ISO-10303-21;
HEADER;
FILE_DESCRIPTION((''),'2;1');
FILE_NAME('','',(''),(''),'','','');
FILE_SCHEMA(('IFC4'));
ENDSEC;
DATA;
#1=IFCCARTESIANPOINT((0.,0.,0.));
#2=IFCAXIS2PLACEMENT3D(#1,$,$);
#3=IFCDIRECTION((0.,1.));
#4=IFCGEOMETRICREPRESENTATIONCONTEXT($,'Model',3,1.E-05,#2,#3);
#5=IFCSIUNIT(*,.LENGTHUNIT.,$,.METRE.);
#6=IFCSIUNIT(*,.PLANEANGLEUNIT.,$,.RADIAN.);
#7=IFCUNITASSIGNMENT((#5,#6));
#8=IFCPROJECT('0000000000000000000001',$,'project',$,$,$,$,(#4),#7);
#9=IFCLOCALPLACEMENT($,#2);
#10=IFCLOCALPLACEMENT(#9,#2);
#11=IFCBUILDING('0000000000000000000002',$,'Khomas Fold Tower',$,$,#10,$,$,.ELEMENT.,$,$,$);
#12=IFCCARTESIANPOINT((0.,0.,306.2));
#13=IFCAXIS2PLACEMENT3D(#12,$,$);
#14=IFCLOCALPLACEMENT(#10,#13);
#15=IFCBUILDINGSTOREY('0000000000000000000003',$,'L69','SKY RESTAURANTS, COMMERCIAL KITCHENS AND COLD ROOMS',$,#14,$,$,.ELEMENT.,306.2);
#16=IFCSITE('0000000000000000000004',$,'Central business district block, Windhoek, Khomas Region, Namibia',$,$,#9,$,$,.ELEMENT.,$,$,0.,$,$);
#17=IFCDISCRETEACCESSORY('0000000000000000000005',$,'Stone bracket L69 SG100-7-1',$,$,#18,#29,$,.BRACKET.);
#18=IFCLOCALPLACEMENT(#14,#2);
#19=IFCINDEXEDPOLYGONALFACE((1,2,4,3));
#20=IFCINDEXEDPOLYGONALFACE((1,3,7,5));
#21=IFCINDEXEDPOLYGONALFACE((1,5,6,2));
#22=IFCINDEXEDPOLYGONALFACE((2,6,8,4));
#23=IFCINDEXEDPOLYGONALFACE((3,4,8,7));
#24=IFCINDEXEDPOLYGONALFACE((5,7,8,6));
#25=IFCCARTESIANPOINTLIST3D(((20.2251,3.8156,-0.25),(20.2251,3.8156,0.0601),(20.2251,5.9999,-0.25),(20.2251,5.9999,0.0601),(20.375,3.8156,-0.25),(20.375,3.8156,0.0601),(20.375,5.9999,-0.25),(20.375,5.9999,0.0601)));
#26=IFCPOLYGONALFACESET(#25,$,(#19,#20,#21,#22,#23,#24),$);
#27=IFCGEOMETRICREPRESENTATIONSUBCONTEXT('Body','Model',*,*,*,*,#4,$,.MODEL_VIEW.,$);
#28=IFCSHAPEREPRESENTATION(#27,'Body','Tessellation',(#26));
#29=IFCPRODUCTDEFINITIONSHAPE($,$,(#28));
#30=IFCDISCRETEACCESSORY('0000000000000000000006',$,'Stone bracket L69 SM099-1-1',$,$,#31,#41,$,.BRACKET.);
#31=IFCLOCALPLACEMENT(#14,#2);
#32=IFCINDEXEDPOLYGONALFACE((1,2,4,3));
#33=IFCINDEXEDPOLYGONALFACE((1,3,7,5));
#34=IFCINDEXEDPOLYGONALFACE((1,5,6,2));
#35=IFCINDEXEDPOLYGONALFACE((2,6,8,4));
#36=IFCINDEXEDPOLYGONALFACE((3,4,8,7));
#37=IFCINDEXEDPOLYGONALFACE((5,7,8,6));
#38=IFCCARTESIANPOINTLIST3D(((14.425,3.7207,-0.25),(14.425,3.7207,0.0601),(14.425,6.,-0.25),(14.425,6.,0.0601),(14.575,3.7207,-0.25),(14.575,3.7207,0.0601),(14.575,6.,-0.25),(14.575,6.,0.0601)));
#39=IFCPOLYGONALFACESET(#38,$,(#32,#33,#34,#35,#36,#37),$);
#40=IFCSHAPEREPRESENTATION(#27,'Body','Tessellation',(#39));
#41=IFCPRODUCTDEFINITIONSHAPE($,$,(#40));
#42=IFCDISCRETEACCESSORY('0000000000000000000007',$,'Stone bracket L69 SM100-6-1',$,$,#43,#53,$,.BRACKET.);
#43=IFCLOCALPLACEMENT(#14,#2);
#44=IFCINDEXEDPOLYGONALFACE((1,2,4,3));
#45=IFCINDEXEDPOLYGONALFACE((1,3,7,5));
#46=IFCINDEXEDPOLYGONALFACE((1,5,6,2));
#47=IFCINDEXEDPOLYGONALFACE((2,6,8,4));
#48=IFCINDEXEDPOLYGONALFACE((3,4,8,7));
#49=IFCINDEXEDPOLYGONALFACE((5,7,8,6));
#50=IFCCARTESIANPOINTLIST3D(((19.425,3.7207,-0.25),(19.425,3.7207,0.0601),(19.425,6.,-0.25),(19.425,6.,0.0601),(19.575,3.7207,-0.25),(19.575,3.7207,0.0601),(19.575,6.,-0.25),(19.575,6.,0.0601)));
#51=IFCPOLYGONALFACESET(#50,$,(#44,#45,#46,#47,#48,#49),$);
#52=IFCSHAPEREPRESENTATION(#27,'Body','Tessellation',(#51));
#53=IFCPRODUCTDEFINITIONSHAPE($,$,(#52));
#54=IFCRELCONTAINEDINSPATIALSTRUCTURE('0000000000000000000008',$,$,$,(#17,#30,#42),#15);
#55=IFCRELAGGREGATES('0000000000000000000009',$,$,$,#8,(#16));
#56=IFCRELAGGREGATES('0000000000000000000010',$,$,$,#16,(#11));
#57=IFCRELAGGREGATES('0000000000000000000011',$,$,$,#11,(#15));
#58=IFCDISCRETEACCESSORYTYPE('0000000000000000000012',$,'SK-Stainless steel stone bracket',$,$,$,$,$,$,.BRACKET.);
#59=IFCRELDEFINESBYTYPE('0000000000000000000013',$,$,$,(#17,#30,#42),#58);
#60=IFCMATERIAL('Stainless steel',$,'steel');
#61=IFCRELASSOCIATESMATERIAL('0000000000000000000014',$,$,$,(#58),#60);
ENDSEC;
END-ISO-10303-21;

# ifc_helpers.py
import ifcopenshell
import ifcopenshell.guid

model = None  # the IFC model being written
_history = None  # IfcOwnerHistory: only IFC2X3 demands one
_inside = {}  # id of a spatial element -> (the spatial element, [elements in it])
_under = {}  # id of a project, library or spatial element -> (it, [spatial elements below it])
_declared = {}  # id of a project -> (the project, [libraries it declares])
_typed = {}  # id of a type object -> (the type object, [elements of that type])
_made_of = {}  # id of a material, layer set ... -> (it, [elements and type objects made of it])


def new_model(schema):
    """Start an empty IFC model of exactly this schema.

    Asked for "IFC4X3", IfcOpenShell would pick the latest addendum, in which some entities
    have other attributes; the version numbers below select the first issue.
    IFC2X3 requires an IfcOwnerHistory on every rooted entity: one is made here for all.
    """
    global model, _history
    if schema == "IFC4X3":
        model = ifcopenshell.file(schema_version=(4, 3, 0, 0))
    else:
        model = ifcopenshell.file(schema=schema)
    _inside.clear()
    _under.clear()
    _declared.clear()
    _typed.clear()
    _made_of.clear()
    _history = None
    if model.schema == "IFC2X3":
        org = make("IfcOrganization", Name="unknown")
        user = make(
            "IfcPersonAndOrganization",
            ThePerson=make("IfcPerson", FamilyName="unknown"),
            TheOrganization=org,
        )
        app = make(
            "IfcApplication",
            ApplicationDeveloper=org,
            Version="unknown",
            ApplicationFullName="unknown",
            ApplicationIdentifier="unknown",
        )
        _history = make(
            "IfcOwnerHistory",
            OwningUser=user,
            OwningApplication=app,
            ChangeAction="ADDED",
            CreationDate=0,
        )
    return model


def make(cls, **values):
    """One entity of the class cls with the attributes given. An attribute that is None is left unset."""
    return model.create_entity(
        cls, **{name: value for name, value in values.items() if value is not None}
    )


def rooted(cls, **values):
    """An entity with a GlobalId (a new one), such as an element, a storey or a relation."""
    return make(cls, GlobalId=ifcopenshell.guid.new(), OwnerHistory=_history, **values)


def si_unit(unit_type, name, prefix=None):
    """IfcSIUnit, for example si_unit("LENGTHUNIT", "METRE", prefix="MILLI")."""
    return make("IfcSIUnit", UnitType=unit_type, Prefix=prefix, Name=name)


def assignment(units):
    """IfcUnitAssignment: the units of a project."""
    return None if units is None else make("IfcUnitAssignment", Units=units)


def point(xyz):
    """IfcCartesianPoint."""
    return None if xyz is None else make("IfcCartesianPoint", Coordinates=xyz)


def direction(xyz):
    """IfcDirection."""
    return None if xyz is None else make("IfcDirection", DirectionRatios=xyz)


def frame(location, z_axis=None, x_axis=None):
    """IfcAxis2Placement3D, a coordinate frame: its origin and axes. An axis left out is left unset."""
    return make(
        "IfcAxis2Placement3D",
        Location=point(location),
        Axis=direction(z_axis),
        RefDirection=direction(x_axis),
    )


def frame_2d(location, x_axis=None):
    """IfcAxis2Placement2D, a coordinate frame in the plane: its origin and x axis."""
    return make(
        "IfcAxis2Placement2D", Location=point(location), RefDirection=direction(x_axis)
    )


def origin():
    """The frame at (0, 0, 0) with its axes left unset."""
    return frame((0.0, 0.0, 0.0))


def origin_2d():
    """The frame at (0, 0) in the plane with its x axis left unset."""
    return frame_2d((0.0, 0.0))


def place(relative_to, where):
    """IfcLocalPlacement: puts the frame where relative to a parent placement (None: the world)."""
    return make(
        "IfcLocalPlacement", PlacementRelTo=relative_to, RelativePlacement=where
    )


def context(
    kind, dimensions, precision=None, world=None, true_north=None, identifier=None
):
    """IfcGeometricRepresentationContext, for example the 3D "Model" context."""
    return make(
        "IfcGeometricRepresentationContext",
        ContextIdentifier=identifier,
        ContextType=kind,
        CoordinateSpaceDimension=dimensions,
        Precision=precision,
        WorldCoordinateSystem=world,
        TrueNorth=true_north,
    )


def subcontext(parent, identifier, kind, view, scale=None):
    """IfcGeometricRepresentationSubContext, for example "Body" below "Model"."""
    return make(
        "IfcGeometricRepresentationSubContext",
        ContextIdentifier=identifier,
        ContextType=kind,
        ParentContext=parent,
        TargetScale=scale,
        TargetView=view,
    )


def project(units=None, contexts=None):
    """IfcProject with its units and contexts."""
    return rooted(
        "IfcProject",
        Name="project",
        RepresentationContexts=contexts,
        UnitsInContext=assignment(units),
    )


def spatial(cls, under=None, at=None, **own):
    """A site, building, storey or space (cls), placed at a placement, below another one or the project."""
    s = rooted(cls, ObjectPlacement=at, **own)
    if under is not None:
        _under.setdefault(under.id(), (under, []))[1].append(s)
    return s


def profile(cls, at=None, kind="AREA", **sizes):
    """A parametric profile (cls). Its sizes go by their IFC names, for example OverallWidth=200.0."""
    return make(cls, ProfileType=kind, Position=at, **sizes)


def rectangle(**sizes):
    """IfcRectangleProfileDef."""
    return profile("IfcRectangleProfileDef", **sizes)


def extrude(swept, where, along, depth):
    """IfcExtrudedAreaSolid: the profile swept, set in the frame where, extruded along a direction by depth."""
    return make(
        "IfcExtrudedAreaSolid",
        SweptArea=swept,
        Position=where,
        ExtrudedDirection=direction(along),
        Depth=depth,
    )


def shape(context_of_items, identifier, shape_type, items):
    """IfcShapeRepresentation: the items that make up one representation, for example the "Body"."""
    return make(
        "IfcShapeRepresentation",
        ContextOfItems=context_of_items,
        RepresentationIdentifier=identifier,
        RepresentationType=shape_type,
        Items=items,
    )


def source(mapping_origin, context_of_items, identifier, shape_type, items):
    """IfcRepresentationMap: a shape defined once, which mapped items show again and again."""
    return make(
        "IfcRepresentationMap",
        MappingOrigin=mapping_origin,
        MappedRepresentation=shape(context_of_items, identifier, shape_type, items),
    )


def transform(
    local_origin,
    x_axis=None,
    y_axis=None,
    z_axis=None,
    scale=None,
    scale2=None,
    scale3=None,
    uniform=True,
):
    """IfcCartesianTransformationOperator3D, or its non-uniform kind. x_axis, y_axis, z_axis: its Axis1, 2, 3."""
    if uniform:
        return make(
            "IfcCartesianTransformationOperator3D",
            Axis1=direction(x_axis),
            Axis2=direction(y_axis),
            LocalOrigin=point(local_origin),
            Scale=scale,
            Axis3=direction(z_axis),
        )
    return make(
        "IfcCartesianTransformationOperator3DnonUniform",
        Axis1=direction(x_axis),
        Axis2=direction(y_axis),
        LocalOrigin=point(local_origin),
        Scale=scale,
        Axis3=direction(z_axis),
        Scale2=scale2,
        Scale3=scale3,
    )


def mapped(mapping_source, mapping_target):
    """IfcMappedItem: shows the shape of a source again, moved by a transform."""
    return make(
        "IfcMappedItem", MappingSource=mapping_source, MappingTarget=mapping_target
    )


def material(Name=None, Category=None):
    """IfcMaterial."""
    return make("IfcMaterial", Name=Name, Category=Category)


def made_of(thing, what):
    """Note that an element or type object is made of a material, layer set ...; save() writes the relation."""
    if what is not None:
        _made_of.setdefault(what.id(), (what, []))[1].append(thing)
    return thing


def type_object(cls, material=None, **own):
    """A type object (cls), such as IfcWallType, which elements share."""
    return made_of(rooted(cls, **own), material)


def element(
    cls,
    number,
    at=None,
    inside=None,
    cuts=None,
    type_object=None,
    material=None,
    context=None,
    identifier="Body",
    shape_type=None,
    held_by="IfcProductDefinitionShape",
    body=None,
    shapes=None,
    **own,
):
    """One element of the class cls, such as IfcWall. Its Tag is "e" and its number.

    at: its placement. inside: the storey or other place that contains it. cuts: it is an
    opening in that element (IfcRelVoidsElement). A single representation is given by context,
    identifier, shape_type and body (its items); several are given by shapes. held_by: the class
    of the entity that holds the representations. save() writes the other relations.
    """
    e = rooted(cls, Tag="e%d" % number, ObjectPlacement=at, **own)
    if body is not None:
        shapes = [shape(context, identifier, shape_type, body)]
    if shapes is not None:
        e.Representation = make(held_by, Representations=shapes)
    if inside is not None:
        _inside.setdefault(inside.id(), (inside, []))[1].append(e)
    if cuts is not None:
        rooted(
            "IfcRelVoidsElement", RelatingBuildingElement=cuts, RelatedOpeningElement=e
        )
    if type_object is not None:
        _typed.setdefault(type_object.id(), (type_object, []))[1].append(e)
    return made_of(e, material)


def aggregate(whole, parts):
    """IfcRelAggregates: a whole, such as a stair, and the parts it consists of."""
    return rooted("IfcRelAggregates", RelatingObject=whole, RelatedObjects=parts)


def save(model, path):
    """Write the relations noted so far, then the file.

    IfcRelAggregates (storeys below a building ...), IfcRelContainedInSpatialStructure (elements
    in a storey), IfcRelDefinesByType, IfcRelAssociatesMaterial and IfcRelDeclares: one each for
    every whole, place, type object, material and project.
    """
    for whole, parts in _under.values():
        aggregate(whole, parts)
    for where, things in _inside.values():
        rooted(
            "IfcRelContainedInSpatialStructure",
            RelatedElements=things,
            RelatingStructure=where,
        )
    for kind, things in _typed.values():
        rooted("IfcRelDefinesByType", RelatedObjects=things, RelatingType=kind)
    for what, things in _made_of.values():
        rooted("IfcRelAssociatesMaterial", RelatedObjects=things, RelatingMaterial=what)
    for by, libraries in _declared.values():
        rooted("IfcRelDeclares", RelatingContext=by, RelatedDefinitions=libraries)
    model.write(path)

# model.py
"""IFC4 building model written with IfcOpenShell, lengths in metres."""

from ifc_helpers import new_model, si_unit, direction, frame, origin, origin_2d, place, context, subcontext, project, spatial, rectangle, extrude, source, transform, mapped, material, type_object, element, save


model = new_model("IFC4")

# Units and contexts
model_context = context("Model", 3, precision=1e-05, world=origin(), true_north=direction((0.0, 1.0)))
body_context = subcontext(model_context, "Body", "Model", "MODEL_VIEW")
ifc_project = project(units=[si_unit("LENGTHUNIT", "METRE"), si_unit("PLANEANGLEUNIT", "RADIAN")], contexts=[model_context])

# Site, building, storey
site_placement = place(None, origin())
site = spatial("IfcSite", under=ifc_project, at=site_placement, Name="Central business district block, Windhoek, Khomas Region, Namibia", CompositionType="ELEMENT", RefElevation=0.0)
building_placement = place(site_placement, origin())
building = spatial("IfcBuilding", under=site, at=building_placement, Name="Khomas Fold Tower", CompositionType="ELEMENT")
storey_placement = place(building_placement, frame((0.0, 0.0, 306.2)))
storey = spatial("IfcBuildingStorey", under=building, at=storey_placement, Name="L69", Description="SKY RESTAURANTS, COMMERCIAL KITCHENS AND COLD ROOMS", CompositionType="ELEMENT", Elevation=306.2)

# Discrete accessories
ifc_material_1 = material(Name="Stainless steel", Category="steel")
discrete_accessory_type = type_object("IfcDiscreteAccessoryType", Name="SK-Stainless steel stone bracket", PredefinedType="BRACKET", material=ifc_material_1)
shared_shape_1 = source(origin(), body_context, "Body", "SweptSolid", [
    extrude(rectangle(XDim=2.1843, YDim=0.1499, at=origin_2d()), origin(), (0.0, 0.0, 1.0), 0.3101),
])
for number, where, z_axis, x_axis, name in (
    (1, (20.3, 4.9077, -0.25), (0.0, 0.0, 1.0), (0.0, -1.0, 0.0), "Stone bracket L69 SG100-7-1"),
):
    element("IfcDiscreteAccessory", number, at=place(storey_placement, frame(where, z_axis=z_axis, x_axis=x_axis)), inside=storey, type_object=discrete_accessory_type, Name=name, PredefinedType="BRACKET", context=body_context, shape_type="MappedRepresentation", body=[
        mapped(shared_shape_1, transform((0.0, 0.0, 0.0))),
    ])
shared_shape_2 = source(origin(), body_context, "Body", "SweptSolid", [
    extrude(rectangle(XDim=2.2793, YDim=0.1499, at=origin_2d()), origin(), (0.0, 0.0, 1.0), 0.3101),
])
for number, where, z_axis, x_axis, name in (
    (2, (14.5, 4.8604, -0.25), (0.0, 0.0, 1.0), (0.0, -1.0, 0.0), "Stone bracket L69 SM099-1-1"),
    (3, (19.5, 4.8604, -0.25), (0.0, 0.0, 1.0), (0.0, -1.0, 0.0), "Stone bracket L69 SM100-6-1"),
):
    element("IfcDiscreteAccessory", number, at=place(storey_placement, frame(where, z_axis=z_axis, x_axis=x_axis)), inside=storey, type_object=discrete_accessory_type, Name=name, PredefinedType="BRACKET", context=body_context, shape_type="MappedRepresentation", body=[
        mapped(shared_shape_2, transform((0.0, 0.0, 0.0))),
    ])

save(model, "model.ifc")
